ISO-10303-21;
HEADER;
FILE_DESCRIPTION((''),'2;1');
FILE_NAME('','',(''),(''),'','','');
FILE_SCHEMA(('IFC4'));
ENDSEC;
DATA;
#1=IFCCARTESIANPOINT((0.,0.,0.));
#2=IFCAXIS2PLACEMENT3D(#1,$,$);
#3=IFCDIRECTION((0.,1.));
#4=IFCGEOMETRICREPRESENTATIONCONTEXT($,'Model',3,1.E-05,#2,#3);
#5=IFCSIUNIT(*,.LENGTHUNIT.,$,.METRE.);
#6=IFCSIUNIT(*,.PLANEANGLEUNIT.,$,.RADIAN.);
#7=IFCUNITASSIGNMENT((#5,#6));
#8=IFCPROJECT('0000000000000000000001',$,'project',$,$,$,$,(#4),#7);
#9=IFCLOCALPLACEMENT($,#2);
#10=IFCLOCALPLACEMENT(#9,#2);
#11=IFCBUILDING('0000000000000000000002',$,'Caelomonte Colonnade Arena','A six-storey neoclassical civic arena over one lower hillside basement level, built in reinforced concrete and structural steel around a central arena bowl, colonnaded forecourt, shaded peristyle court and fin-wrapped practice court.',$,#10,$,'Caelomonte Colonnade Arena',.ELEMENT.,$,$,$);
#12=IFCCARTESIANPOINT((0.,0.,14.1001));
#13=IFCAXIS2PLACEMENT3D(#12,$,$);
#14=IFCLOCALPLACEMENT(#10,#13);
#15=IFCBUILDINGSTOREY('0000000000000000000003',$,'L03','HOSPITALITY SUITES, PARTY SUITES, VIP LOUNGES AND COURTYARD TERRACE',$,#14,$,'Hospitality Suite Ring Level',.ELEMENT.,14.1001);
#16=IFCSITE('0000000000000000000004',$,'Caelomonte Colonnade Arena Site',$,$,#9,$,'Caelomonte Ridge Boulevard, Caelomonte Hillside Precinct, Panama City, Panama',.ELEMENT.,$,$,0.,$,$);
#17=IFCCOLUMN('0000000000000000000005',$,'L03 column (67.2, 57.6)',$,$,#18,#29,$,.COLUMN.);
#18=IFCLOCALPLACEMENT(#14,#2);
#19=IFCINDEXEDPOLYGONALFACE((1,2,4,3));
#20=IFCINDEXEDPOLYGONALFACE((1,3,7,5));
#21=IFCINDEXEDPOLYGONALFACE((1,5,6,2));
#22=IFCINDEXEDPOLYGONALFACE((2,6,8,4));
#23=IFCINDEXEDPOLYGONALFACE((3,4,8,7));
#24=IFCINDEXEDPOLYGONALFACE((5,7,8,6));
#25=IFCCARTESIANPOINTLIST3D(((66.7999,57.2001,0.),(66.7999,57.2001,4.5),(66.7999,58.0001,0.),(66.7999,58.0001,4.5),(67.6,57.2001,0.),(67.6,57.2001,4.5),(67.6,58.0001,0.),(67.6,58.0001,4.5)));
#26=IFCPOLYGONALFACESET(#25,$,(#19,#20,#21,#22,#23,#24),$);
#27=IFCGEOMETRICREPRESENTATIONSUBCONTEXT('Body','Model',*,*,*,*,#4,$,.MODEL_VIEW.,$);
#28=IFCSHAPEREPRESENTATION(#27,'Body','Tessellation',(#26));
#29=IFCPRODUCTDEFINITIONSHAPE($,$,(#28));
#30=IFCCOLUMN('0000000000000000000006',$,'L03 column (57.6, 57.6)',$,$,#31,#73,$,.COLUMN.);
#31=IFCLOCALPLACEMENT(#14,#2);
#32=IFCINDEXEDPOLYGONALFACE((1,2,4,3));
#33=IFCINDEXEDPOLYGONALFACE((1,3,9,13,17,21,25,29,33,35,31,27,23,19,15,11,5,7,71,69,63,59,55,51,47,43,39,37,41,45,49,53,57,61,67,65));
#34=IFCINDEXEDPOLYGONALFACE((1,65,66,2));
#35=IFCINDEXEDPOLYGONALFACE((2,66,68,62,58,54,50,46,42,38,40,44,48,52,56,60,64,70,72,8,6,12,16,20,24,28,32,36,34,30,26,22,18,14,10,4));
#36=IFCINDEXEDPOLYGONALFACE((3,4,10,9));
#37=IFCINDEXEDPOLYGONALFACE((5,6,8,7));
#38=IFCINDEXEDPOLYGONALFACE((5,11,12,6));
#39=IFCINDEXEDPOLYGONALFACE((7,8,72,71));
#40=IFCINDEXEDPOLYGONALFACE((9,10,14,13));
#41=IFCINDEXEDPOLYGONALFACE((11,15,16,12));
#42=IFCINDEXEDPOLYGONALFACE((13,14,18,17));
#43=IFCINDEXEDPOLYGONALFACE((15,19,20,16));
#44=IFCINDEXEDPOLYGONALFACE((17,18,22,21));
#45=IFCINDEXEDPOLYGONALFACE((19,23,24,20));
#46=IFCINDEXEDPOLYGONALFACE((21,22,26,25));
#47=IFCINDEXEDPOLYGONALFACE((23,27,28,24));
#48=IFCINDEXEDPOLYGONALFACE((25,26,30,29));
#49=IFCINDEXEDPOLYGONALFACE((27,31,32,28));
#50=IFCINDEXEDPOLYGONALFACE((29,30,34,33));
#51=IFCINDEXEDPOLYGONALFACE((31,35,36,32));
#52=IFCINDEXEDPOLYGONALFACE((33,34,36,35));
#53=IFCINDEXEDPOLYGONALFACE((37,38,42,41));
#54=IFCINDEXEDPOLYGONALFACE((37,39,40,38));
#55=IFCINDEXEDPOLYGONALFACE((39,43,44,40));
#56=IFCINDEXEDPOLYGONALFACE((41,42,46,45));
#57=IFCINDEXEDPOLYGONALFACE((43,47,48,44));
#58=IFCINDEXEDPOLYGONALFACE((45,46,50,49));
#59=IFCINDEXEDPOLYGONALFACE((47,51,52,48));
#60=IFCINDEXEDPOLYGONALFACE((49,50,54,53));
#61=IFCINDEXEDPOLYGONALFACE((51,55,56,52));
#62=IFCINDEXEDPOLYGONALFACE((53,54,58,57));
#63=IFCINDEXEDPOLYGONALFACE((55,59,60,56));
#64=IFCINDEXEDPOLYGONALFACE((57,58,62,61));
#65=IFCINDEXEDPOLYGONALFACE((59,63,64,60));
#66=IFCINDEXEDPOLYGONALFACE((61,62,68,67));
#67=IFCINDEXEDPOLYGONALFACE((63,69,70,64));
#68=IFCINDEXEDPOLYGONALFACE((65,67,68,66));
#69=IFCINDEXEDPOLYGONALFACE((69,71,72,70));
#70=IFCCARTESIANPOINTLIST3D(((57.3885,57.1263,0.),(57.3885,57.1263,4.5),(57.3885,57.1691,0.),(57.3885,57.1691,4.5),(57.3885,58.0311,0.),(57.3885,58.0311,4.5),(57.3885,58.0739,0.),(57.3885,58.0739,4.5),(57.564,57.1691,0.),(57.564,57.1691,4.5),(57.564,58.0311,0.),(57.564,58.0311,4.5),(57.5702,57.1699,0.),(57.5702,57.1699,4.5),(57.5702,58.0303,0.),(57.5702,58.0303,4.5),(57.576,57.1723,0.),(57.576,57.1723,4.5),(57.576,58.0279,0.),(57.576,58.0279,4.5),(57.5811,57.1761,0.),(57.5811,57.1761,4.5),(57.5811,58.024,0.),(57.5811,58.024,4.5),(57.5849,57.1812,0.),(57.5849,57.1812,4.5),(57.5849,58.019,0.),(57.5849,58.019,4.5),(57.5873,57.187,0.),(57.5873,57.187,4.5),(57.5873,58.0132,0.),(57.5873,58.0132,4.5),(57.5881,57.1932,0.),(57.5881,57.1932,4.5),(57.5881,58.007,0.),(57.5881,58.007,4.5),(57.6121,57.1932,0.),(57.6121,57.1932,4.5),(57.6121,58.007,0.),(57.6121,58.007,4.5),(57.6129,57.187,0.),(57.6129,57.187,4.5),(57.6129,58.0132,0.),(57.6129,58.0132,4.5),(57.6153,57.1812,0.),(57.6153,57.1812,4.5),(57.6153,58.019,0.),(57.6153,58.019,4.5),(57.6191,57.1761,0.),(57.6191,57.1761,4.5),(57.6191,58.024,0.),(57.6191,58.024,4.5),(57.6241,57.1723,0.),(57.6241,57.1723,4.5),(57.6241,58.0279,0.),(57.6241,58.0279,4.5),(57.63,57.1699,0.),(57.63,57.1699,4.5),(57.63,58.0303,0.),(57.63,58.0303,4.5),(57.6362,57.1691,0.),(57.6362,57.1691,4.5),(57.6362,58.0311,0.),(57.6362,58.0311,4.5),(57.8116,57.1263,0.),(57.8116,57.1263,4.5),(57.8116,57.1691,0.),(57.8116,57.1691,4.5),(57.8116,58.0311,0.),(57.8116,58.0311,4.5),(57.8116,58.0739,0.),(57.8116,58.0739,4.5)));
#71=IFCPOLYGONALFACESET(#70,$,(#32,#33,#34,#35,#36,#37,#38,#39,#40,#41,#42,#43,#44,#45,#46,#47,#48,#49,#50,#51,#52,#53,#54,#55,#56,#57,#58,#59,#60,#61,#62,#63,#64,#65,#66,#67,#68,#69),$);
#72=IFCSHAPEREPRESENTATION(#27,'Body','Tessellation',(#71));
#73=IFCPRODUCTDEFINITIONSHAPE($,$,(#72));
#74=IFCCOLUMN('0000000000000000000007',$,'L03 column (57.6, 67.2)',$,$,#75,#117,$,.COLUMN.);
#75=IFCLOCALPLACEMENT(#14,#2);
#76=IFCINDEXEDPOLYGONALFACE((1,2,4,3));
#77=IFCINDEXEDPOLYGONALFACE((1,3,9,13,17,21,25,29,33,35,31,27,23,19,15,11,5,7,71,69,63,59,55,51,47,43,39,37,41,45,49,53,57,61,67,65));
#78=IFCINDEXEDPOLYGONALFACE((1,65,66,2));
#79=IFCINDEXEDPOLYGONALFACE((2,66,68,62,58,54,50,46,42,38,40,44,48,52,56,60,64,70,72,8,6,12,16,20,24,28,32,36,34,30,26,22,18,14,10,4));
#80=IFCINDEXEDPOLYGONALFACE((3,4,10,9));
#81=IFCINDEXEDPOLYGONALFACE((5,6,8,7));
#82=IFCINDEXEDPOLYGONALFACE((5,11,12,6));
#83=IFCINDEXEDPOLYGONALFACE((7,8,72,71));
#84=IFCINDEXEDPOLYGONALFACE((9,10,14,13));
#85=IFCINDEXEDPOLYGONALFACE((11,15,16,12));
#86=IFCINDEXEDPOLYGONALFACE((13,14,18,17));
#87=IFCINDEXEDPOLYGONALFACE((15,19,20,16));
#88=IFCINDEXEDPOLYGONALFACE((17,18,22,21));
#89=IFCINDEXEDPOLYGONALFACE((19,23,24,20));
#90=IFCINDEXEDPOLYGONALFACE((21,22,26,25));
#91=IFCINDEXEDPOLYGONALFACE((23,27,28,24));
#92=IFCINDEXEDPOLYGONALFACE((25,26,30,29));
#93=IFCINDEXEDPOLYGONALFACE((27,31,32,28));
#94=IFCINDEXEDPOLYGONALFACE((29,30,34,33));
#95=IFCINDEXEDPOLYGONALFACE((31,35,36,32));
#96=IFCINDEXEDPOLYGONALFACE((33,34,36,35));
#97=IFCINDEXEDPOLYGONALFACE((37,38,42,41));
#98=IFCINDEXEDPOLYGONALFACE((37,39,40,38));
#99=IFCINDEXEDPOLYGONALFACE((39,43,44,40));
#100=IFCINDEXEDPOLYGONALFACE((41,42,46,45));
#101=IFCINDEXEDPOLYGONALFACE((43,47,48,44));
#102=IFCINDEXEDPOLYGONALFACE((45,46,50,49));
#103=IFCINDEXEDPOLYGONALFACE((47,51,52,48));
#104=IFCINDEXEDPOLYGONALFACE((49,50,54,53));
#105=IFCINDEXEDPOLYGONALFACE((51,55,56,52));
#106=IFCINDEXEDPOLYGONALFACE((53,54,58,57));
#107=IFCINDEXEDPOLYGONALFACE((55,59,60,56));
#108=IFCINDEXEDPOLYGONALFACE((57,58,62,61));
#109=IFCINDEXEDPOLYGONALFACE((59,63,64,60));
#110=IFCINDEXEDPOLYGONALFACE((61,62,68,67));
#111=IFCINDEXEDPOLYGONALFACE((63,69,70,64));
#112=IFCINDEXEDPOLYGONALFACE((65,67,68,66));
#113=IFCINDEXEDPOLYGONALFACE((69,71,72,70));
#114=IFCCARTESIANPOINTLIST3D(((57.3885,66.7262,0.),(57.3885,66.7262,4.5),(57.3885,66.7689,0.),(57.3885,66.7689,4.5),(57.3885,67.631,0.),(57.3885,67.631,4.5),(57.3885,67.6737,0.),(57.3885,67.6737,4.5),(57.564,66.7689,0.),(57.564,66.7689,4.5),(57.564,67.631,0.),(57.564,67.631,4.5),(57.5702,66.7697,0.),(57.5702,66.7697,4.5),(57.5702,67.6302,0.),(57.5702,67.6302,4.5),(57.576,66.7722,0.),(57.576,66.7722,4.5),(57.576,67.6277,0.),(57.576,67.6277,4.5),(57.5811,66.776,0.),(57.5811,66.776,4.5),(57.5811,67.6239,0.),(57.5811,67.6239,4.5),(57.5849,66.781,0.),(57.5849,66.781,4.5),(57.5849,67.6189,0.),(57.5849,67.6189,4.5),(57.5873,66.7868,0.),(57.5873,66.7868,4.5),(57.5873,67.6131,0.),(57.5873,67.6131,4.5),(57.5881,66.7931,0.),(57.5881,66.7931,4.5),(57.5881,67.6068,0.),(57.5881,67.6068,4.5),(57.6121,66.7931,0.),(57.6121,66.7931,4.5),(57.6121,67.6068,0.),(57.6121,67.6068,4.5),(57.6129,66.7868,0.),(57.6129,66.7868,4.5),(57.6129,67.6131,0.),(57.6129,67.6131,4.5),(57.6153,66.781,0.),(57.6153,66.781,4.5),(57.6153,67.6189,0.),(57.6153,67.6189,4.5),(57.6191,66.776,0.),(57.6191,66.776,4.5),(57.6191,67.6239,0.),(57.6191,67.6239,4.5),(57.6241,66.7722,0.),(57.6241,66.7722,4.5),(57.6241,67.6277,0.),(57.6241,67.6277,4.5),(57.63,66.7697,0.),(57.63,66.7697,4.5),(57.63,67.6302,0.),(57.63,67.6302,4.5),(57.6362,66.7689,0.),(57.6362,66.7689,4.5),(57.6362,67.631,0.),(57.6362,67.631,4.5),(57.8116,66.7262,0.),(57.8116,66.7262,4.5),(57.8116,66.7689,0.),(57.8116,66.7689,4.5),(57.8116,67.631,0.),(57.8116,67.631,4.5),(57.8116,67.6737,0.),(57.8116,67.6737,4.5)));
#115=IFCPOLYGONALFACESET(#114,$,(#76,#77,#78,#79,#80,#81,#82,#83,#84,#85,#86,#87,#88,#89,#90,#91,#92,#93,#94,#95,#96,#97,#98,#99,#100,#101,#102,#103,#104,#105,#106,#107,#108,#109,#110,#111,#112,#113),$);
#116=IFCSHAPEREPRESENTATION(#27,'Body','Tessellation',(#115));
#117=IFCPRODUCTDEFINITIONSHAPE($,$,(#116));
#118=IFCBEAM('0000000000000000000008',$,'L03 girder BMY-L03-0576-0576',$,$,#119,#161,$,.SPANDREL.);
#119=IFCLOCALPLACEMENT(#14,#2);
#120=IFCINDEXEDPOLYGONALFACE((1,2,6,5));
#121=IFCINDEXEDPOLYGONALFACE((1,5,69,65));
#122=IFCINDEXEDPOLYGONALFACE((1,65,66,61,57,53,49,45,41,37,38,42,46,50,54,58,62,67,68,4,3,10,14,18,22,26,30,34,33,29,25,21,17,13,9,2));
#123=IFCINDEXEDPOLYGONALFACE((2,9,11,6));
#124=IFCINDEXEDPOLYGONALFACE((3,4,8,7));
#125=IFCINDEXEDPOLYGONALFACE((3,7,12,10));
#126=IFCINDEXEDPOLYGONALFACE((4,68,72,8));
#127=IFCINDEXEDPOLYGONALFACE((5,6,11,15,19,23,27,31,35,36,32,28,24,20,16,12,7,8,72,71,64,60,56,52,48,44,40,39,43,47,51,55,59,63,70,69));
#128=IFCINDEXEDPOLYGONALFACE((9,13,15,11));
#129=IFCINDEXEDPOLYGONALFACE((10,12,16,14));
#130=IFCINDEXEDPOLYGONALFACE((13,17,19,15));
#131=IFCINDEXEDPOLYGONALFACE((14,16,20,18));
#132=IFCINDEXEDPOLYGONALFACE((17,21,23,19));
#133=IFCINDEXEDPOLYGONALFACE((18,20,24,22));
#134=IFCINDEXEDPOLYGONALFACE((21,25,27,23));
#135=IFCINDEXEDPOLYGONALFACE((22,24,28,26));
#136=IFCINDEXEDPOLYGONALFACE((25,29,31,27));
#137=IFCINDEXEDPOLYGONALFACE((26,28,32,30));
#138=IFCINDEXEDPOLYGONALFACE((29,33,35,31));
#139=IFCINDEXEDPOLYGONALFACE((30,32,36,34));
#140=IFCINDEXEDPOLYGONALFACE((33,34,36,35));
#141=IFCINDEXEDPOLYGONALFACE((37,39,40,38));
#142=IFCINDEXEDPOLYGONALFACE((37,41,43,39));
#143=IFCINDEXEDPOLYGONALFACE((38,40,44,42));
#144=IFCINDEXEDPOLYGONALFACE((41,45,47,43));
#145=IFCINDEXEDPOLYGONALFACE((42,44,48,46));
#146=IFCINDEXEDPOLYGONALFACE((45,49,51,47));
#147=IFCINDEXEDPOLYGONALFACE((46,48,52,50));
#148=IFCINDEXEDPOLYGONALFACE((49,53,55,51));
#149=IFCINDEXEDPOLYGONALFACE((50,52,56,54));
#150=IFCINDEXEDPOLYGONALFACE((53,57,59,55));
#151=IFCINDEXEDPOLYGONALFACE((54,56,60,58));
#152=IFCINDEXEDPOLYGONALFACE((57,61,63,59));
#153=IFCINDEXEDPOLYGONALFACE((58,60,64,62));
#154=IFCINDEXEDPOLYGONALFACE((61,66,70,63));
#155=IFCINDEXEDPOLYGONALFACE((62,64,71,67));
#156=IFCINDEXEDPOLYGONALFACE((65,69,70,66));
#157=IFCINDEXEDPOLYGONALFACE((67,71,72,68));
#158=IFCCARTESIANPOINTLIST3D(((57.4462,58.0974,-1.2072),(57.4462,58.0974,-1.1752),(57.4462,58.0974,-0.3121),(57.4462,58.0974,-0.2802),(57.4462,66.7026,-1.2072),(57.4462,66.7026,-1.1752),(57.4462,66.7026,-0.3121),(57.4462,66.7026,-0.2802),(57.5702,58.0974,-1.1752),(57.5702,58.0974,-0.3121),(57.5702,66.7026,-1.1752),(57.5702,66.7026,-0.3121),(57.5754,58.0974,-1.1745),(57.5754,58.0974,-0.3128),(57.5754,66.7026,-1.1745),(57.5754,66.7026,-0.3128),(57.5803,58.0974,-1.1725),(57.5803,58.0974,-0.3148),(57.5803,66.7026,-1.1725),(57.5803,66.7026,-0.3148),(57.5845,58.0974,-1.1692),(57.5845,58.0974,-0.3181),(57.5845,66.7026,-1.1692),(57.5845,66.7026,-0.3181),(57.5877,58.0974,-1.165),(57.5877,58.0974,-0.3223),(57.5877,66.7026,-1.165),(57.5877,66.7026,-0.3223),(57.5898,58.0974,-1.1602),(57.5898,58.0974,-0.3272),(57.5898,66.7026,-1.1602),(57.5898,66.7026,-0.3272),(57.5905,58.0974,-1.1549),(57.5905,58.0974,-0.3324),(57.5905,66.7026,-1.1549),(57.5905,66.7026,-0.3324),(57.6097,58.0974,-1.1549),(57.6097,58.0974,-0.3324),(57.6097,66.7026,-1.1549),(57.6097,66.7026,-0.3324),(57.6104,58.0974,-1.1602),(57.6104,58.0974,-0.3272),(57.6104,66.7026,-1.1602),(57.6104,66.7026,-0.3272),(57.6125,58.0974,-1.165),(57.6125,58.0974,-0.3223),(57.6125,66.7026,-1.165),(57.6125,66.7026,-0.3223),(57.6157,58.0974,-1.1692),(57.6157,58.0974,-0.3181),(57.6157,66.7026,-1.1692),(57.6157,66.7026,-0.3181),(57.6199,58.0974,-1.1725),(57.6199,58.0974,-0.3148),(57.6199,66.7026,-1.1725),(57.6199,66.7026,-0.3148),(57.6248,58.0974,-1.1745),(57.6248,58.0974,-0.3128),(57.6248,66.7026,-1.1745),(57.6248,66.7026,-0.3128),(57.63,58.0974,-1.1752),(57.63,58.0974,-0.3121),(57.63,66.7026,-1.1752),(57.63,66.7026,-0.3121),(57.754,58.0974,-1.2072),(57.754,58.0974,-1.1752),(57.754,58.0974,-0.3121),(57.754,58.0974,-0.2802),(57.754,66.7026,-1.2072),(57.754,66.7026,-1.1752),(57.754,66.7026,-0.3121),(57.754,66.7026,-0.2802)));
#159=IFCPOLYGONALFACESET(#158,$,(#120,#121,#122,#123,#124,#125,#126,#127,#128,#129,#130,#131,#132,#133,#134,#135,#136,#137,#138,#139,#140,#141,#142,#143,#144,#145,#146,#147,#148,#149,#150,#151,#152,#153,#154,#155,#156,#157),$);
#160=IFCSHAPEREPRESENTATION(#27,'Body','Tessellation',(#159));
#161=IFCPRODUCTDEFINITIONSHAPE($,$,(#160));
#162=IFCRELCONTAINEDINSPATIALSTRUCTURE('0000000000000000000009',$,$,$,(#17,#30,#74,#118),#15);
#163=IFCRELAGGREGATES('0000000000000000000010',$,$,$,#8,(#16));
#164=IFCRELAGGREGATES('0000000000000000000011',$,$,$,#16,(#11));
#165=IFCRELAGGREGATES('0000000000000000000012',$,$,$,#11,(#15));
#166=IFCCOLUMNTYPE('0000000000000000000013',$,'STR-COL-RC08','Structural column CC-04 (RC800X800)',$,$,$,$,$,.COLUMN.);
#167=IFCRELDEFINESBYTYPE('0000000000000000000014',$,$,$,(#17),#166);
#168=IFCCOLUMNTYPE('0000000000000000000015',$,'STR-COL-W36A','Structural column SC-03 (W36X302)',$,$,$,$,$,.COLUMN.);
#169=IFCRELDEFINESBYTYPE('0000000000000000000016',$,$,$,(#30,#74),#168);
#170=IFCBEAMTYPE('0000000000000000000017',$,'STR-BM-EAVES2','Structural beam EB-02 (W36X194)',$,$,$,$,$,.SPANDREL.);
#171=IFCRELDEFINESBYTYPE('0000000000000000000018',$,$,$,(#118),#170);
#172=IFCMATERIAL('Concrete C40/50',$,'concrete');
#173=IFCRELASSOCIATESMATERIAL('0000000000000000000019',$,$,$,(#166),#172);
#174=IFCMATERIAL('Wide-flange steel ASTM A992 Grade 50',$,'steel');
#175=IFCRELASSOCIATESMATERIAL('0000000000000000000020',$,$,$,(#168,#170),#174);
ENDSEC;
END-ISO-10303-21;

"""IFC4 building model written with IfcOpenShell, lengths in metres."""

from ifc_helpers import new_model, si_unit, direction, frame, origin, origin_2d, place, context, subcontext, project, spatial, rectangle, i_section, extrude, material, material_profile, profile_set, type_object, element, save


model = new_model("IFC4")

# Units and contexts
model_context = context("Model", 3, precision=1e-05, world=origin(), true_north=direction((0.0, 1.0)))
body_context = subcontext(model_context, "Body", "Model", "MODEL_VIEW")
ifc_project = project(units=[si_unit("LENGTHUNIT", "METRE"), si_unit("PLANEANGLEUNIT", "RADIAN")], contexts=[model_context])

# Site, building, storey
site_placement = place(None, origin())
site = spatial("IfcSite", under=ifc_project, at=site_placement, Name="Caelomonte Colonnade Arena Site", LongName="Caelomonte Ridge Boulevard, Caelomonte Hillside Precinct, Panama City, Panama", CompositionType="ELEMENT", RefElevation=0.0)
building_placement = place(site_placement, origin())
building = spatial("IfcBuilding", under=site, at=building_placement, Name="Caelomonte Colonnade Arena", Description="A six-storey neoclassical civic arena over one lower hillside basement level, built in reinforced concrete and structural steel around a central arena bowl, colonnaded forecourt, shaded peristyle court and fin-wrapped practice court.", LongName="Caelomonte Colonnade Arena", CompositionType="ELEMENT")
storey_placement = place(building_placement, frame((0.0, 0.0, 14.1001)))
storey = spatial("IfcBuildingStorey", under=building, at=storey_placement, Name="L03", Description="HOSPITALITY SUITES, PARTY SUITES, VIP LOUNGES AND COURTYARD TERRACE", LongName="Hospitality Suite Ring Level", CompositionType="ELEMENT", Elevation=14.1001)

# Columns
ifc_material_1 = material(Name="Concrete C40/50", Category="concrete")
ifc_material_profile_1 = material_profile(ifc_material_1, rectangle(XDim=0.8, YDim=0.8, at=origin_2d()), Name="RC800X800")
ifc_profile_set_1 = profile_set([ifc_material_profile_1], Name="Concrete C40/50")
column_type_1 = type_object("IfcColumnType", Name="STR-COL-RC08", Description="Structural column CC-04 (RC800X800)", PredefinedType="COLUMN", material=ifc_profile_set_1)
column_placement = place(storey_placement, frame((67.2, 57.6001, 0.0), z_axis=(0.0, 0.0, 1.0), x_axis=(1.0, 0.0, 0.0)))
element("IfcColumn", 1, at=column_placement, inside=storey, type_object=column_type_1, Name="L03 column (67.2, 57.6)", PredefinedType="COLUMN", context=body_context, shape_type="SweptSolid", body=[
    extrude(rectangle(XDim=0.8, YDim=0.8, at=origin_2d()), origin(), (0.0, 0.0, 1.0), 4.5),
])
ifc_material_2 = material(Name="Wide-flange steel ASTM A992 Grade 50", Category="steel")
ifc_material_profile_2 = material_profile(ifc_material_2, i_section(OverallWidth=0.4231, OverallDepth=0.9475, WebThickness=0.0239, FlangeThickness=0.0427, FilletRadius=0.0242, at=origin_2d()), Name="W36X302")
ifc_profile_set_2 = profile_set([ifc_material_profile_2], Name="Wide-flange steel ASTM A992 Grade 50")
column_type_2 = type_object("IfcColumnType", Name="STR-COL-W36A", Description="Structural column SC-03 (W36X302)", PredefinedType="COLUMN", material=ifc_profile_set_2)
for number, where, z_axis, x_axis, name in (
    (2, (57.6001, 57.6001, 0.0), (0.0, 0.0, 1.0), (1.0, 0.0, 0.0), "L03 column (57.6, 57.6)"),
    (3, (57.6001, 67.2, 0.0), (0.0, 0.0, 1.0), (1.0, 0.0, 0.0), "L03 column (57.6, 67.2)"),
):
    element("IfcColumn", number, at=place(storey_placement, frame(where, z_axis=z_axis, x_axis=x_axis)), inside=storey, type_object=column_type_2, Name=name, PredefinedType="COLUMN", context=body_context, shape_type="SweptSolid", body=[
        extrude(i_section(OverallWidth=0.4231, OverallDepth=0.9475, WebThickness=0.0239, FlangeThickness=0.0427, FilletRadius=0.0242, at=origin_2d()), origin(), (0.0, 0.0, 1.0), 4.5),
    ])

# Beam
ifc_material_profile_3 = material_profile(ifc_material_2, i_section(OverallWidth=0.3079, OverallDepth=0.927, WebThickness=0.0193, FlangeThickness=0.032, FilletRadius=0.0203, at=origin_2d()), Name="W36X194")
ifc_profile_set_3 = profile_set([ifc_material_profile_3], Name="Wide-flange steel ASTM A992 Grade 50")
beam_type_1 = type_object("IfcBeamType", Name="STR-BM-EAVES2", Description="Structural beam EB-02 (W36X194)", PredefinedType="SPANDREL", material=ifc_profile_set_3)
beam_1_placement = place(storey_placement, frame((57.6001, 58.0974, -0.7437), z_axis=(0.0, 1.0, 0.0), x_axis=(-1.0, 0.0, 0.0)))
element("IfcBeam", 4, at=beam_1_placement, inside=storey, type_object=beam_type_1, Name="L03 girder BMY-L03-0576-0576", PredefinedType="SPANDREL", context=body_context, shape_type="SweptSolid", body=[
    extrude(i_section(OverallWidth=0.3079, OverallDepth=0.927, WebThickness=0.0193, FlangeThickness=0.032, FilletRadius=0.0203, at=origin_2d()), origin(), (0.0, 0.0, 1.0), 8.6052),
])

save(model, "model.ifc")
